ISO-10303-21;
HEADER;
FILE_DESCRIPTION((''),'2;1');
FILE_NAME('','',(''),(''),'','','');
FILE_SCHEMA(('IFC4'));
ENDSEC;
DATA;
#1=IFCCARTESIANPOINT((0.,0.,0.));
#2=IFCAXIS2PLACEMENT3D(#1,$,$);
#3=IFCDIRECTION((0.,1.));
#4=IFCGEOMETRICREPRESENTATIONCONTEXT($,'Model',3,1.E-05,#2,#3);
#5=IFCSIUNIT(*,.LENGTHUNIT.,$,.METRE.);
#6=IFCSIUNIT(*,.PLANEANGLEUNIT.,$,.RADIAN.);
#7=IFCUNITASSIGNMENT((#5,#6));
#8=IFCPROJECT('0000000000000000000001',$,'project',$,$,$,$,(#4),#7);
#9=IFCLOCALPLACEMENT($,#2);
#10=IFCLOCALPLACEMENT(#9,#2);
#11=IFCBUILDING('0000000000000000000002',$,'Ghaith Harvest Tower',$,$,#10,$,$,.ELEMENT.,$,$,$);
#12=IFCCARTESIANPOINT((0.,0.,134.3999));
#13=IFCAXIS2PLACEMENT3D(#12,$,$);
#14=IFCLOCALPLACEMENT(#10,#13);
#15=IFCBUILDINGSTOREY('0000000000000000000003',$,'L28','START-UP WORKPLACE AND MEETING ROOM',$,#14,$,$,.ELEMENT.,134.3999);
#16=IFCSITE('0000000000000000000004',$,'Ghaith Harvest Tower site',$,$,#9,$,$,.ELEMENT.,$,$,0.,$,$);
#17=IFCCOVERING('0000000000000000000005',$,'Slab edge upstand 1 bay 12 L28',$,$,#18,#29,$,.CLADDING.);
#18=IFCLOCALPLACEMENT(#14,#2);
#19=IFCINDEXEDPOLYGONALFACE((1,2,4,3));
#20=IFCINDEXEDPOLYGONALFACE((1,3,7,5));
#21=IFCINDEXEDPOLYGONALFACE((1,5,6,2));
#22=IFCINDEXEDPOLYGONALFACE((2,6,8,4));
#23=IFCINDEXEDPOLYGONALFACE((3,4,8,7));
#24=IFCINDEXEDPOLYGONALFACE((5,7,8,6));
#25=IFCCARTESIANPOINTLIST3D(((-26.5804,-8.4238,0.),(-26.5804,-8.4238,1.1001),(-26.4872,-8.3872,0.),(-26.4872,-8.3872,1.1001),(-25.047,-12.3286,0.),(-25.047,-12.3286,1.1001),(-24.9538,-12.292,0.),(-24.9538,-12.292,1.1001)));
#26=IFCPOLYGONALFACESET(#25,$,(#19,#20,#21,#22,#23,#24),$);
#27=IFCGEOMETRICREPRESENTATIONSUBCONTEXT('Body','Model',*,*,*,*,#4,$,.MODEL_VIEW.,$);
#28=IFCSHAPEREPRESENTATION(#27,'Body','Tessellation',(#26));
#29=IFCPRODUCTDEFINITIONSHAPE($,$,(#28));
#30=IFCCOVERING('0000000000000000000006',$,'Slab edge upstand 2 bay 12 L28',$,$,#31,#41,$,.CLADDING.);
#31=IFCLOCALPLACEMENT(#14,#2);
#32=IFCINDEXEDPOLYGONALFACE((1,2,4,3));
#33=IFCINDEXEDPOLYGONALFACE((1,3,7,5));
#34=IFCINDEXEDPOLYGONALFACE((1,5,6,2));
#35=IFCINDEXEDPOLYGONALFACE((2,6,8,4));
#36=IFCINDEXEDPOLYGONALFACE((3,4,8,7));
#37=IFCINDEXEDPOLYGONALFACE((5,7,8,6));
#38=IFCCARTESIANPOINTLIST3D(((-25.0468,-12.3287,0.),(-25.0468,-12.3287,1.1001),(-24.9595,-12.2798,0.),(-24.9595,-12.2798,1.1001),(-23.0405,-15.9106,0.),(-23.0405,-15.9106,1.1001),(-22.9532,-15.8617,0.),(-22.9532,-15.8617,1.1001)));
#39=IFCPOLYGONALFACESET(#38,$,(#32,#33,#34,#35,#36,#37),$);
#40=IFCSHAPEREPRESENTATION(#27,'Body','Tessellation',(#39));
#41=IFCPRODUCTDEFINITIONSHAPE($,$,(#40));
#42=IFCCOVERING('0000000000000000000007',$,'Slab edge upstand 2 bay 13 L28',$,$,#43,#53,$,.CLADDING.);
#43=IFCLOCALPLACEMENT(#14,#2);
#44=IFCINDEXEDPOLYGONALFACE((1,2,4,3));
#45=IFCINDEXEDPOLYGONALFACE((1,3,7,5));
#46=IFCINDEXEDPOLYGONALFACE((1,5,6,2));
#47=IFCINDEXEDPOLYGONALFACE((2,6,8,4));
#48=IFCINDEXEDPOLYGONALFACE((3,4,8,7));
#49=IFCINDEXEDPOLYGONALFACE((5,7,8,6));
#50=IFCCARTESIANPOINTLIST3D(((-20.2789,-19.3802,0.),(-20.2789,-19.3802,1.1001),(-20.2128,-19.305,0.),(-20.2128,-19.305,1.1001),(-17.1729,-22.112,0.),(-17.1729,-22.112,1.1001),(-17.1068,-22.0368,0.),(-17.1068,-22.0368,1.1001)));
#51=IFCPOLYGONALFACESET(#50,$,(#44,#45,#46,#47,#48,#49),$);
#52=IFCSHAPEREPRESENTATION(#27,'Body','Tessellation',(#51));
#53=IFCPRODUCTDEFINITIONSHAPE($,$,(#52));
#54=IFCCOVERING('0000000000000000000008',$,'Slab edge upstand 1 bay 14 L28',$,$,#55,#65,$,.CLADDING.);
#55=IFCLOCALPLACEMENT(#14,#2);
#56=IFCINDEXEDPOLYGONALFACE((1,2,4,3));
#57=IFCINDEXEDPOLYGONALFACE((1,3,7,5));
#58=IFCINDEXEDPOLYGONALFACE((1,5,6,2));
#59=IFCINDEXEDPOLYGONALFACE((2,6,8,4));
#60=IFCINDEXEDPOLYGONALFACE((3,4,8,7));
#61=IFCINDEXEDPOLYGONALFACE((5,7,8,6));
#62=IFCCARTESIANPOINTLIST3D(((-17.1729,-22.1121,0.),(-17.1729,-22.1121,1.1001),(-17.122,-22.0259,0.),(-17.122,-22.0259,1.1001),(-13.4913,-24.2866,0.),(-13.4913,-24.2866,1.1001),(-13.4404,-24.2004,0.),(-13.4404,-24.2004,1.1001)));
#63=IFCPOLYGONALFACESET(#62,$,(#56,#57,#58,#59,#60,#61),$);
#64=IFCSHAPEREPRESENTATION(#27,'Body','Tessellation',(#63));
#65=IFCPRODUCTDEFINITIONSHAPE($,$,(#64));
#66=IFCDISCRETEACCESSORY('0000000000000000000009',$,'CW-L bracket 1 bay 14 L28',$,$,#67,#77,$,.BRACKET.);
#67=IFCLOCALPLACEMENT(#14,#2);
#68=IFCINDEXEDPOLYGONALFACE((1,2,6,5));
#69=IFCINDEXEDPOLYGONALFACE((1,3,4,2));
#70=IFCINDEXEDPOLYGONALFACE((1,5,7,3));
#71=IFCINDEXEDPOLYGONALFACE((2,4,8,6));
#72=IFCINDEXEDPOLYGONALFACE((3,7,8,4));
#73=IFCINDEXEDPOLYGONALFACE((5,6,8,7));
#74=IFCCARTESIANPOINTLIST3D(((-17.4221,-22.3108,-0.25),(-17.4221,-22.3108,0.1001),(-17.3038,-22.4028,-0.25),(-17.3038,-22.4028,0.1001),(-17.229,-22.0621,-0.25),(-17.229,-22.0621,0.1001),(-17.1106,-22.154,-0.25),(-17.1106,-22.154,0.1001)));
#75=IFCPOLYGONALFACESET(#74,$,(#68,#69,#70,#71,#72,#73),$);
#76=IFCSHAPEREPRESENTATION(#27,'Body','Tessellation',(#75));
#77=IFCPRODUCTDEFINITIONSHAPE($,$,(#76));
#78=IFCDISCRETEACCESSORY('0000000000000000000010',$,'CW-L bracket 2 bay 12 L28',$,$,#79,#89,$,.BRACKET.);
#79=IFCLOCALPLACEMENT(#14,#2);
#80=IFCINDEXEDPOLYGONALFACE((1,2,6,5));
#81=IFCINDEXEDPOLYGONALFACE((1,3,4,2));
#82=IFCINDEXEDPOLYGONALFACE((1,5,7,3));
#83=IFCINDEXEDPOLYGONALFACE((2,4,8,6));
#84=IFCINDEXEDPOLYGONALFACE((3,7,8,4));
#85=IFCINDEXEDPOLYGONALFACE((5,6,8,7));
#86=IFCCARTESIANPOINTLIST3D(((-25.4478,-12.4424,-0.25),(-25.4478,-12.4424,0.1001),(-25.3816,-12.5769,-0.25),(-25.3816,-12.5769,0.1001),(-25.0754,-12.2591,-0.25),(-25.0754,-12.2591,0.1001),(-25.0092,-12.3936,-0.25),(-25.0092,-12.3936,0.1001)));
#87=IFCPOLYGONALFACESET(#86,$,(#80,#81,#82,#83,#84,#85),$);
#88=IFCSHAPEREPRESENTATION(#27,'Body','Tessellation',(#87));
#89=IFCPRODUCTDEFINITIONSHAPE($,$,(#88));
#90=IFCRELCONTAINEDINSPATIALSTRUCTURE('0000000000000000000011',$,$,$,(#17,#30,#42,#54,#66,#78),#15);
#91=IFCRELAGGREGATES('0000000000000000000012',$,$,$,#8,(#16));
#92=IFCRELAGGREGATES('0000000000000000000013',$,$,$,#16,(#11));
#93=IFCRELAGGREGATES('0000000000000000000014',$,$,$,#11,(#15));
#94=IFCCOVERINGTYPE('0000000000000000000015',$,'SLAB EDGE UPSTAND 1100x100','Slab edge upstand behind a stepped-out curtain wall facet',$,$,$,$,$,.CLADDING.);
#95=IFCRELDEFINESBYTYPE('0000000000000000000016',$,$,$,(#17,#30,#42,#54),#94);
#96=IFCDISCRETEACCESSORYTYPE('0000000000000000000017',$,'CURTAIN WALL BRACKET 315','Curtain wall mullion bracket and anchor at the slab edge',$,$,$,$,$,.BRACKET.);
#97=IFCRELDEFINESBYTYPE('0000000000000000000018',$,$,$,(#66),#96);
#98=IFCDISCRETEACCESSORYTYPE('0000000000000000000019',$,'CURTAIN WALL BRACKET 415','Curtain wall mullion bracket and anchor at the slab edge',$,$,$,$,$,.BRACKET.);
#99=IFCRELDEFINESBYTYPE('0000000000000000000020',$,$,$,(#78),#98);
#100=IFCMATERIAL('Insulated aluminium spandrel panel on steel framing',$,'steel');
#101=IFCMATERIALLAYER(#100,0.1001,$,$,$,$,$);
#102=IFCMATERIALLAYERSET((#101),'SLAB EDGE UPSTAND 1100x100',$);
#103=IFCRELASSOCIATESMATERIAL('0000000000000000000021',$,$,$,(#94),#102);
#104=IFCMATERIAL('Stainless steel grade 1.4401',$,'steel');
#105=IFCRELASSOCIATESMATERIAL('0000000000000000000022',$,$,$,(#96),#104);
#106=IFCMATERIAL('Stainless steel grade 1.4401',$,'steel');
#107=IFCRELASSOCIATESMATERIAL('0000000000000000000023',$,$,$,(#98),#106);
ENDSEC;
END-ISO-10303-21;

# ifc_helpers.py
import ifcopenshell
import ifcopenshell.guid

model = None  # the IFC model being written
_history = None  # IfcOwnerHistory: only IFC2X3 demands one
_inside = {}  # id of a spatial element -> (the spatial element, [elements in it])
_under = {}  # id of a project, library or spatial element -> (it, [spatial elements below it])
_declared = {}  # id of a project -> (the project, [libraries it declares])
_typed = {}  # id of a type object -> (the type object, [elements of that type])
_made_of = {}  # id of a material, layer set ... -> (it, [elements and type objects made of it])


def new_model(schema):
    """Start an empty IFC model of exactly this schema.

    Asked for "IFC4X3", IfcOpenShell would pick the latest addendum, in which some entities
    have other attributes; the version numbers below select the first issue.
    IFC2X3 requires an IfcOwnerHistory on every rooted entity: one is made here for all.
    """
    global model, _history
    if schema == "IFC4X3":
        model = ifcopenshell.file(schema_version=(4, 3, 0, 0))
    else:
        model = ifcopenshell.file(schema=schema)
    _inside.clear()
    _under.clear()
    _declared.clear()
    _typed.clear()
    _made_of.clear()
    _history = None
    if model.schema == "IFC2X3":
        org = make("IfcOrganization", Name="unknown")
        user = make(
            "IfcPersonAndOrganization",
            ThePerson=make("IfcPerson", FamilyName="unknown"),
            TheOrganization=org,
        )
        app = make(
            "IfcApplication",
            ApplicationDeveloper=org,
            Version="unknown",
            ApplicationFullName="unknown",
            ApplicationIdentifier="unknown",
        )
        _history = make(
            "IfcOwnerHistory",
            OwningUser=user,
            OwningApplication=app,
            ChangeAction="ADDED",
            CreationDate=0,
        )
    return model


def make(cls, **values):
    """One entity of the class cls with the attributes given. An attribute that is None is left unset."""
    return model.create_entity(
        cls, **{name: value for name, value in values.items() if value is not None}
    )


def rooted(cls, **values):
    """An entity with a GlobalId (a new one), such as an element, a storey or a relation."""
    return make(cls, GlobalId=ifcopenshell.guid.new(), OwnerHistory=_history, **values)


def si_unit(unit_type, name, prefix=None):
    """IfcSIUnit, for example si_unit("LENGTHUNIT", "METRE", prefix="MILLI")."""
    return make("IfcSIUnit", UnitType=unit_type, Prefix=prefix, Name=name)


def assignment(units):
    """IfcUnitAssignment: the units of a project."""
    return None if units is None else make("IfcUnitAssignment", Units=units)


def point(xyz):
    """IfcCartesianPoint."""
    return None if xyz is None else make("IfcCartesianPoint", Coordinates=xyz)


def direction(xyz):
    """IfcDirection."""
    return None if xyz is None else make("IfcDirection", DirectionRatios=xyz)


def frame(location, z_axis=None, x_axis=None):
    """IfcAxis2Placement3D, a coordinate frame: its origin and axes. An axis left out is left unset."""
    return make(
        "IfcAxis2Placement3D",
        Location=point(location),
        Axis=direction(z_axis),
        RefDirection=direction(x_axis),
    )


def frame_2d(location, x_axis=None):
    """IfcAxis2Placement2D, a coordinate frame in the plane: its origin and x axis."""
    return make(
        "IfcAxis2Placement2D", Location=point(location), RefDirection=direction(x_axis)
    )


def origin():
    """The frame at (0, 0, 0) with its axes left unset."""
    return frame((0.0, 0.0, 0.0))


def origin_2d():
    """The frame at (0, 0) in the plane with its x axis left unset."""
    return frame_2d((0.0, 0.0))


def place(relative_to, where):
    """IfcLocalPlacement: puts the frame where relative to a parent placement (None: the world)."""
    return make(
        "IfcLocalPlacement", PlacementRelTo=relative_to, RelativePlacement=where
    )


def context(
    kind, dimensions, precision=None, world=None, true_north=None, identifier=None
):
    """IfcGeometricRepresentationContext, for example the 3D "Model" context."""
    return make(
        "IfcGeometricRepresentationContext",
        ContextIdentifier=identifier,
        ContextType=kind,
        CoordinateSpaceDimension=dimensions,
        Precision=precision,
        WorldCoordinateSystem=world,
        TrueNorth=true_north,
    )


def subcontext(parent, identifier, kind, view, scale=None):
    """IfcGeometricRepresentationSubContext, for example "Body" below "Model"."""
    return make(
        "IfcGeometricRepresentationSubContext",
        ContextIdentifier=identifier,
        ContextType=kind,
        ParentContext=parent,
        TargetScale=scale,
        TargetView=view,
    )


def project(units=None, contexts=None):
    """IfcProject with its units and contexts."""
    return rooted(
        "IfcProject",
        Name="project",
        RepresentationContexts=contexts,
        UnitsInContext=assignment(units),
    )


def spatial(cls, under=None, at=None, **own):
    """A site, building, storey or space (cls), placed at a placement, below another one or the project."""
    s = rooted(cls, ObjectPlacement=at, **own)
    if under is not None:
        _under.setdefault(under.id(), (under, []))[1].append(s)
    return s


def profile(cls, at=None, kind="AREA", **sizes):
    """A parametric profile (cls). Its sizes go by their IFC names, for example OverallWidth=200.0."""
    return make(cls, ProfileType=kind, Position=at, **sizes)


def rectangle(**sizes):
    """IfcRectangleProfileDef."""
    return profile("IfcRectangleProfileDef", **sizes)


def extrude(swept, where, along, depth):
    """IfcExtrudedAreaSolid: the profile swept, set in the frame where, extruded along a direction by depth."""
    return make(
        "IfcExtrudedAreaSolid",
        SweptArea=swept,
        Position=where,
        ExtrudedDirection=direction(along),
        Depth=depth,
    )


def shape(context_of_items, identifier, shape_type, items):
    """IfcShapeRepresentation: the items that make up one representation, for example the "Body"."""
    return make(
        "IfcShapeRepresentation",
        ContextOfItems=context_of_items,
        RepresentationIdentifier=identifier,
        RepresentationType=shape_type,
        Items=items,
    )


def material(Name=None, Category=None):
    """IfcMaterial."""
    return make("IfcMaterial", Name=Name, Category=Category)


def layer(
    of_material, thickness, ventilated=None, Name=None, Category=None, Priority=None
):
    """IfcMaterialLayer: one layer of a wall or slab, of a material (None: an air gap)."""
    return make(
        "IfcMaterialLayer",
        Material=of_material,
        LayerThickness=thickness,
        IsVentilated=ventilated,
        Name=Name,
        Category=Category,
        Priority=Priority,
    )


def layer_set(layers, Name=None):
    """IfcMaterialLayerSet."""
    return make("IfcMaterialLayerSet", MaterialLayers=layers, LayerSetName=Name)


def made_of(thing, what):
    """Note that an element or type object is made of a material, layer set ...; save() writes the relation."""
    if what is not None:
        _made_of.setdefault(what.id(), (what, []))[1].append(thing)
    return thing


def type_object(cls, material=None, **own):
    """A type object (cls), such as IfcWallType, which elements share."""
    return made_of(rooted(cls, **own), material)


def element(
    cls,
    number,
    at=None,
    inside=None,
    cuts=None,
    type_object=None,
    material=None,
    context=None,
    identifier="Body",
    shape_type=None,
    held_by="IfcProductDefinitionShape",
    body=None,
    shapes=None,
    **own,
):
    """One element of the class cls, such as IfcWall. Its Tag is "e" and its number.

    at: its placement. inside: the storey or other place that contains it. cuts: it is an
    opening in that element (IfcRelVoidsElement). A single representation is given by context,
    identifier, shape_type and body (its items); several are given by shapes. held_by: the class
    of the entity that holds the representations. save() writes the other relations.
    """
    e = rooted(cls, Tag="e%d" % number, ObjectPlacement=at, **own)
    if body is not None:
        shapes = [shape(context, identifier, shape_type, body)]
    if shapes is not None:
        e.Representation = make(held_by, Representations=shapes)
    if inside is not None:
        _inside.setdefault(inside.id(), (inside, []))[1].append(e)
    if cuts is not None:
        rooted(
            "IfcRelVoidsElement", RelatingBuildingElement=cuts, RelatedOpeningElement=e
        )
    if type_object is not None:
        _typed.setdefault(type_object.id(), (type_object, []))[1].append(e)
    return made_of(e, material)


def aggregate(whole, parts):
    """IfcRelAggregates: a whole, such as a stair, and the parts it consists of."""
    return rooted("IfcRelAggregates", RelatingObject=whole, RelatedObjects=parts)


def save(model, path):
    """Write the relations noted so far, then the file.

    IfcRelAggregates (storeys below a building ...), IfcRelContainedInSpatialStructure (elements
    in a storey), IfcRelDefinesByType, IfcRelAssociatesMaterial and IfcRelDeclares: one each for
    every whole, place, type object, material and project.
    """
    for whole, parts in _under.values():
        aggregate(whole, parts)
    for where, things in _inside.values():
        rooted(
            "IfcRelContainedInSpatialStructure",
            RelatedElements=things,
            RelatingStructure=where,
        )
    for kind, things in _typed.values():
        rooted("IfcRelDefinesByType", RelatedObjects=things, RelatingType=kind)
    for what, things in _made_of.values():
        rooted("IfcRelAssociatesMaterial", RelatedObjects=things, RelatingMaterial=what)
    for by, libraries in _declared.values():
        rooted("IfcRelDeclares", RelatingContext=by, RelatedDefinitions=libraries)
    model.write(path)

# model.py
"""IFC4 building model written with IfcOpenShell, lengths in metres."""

from ifc_helpers import new_model, si_unit, direction, frame, origin, origin_2d, place, context, subcontext, project, spatial, rectangle, extrude, material, layer, layer_set, type_object, element, save


model = new_model("IFC4")

# Units and contexts
model_context = context("Model", 3, precision=1e-05, world=origin(), true_north=direction((0.0, 1.0)))
body_context = subcontext(model_context, "Body", "Model", "MODEL_VIEW")
ifc_project = project(units=[si_unit("LENGTHUNIT", "METRE"), si_unit("PLANEANGLEUNIT", "RADIAN")], contexts=[model_context])

# Site, building, storey
site_placement = place(None, origin())
site = spatial("IfcSite", under=ifc_project, at=site_placement, Name="Ghaith Harvest Tower site", CompositionType="ELEMENT", RefElevation=0.0)
building_placement = place(site_placement, origin())
building = spatial("IfcBuilding", under=site, at=building_placement, Name="Ghaith Harvest Tower", CompositionType="ELEMENT")
storey_placement = place(building_placement, frame((0.0, 0.0, 134.3999)))
storey = spatial("IfcBuildingStorey", under=building, at=storey_placement, Name="L28", Description="START-UP WORKPLACE AND MEETING ROOM", CompositionType="ELEMENT", Elevation=134.3999)

# Coverings
ifc_material_1 = material(Name="Insulated aluminium spandrel panel on steel framing", Category="steel")
ifc_layer_1 = layer(ifc_material_1, 0.1001)
ifc_layer_set_1 = layer_set([ifc_layer_1], Name="SLAB EDGE UPSTAND 1100x100")
covering_type = type_object("IfcCoveringType", Name="SLAB EDGE UPSTAND 1100x100", Description="Slab edge upstand behind a stepped-out curtain wall facet", PredefinedType="CLADDING", material=ifc_layer_set_1)
covering_1_placement = place(storey_placement, frame((-25.7671, -10.3579, 0.0), z_axis=(0.0, 0.0, 1.0), x_axis=(0.365515, -0.930805, 0.0)))
element("IfcCovering", 1, at=covering_1_placement, inside=storey, type_object=covering_type, Name="Slab edge upstand 1 bay 12 L28", PredefinedType="CLADDING", context=body_context, shape_type="SweptSolid", body=[
    extrude(rectangle(XDim=4.1951, YDim=0.1001, at=origin_2d()), origin(), (0.0, 0.0, 1.0), 1.1001),
])
covering_2_placement = place(storey_placement, frame((-24.0, -14.0952, 0.0), z_axis=(0.0, 0.0, 1.0), x_axis=(0.488684, -0.872461, 0.0)))
element("IfcCovering", 2, at=covering_2_placement, inside=storey, type_object=covering_type, Name="Slab edge upstand 2 bay 12 L28", PredefinedType="CLADDING", context=body_context, shape_type="SweptSolid", body=[
    extrude(rectangle(XDim=4.1055, YDim=0.1001, at=origin_2d()), origin(), (0.0, 0.0, 1.0), 1.1001),
])
covering_3_placement = place(storey_placement, frame((-18.6929, -20.7085, 0.0), z_axis=(0.0, 0.0, 1.0), x_axis=(0.750892, -0.660425, 0.0)))
element("IfcCovering", 3, at=covering_3_placement, inside=storey, type_object=covering_type, Name="Slab edge upstand 2 bay 13 L28", PredefinedType="CLADDING", context=body_context, shape_type="SweptSolid", body=[
    extrude(rectangle(XDim=4.1365, YDim=0.1001, at=origin_2d()), origin(), (0.0, 0.0, 1.0), 1.1001),
])
covering_4_placement = place(storey_placement, frame((-15.3066, -23.1562, 0.0), z_axis=(0.0, 0.0, 1.0), x_axis=(0.861021, -0.50857, 0.0)))
element("IfcCovering", 4, at=covering_4_placement, inside=storey, type_object=covering_type, Name="Slab edge upstand 1 bay 14 L28", PredefinedType="CLADDING", context=body_context, shape_type="SweptSolid", body=[
    extrude(rectangle(XDim=4.2759, YDim=0.1001, at=origin_2d()), origin(), (0.0, 0.0, 1.0), 1.1001),
])

# Discrete accessories
ifc_material_2 = material(Name="Stainless steel grade 1.4401", Category="steel")
discrete_accessory_type_1 = type_object("IfcDiscreteAccessoryType", Name="CURTAIN WALL BRACKET 315", Description="Curtain wall mullion bracket and anchor at the slab edge", PredefinedType="BRACKET", material=ifc_material_2)
discrete_accessory_1_placement = place(storey_placement, frame((-17.2664, -22.2324, -0.25), z_axis=(0.0, 0.0, 1.0), x_axis=(-0.613378, -0.78979, 0.0)))
element("IfcDiscreteAccessory", 5, at=discrete_accessory_1_placement, inside=storey, type_object=discrete_accessory_type_1, Name="CW-L bracket 1 bay 14 L28", PredefinedType="BRACKET", context=body_context, shape_type="SweptSolid", body=[
    extrude(rectangle(XDim=0.3149, YDim=0.1499, at=origin_2d()), origin(), (0.0, 0.0, 1.0), 0.3501),
])
ifc_material_3 = material(Name="Stainless steel grade 1.4401", Category="steel")
discrete_accessory_type_2 = type_object("IfcDiscreteAccessoryType", Name="CURTAIN WALL BRACKET 415", Description="Curtain wall mullion bracket and anchor at the slab edge", PredefinedType="BRACKET", material=ifc_material_3)
discrete_accessory_2_placement = place(storey_placement, frame((-25.2285, -12.418, -0.25), z_axis=(0.0, 0.0, 1.0), x_axis=(-0.897201, -0.441622, 0.0)))
element("IfcDiscreteAccessory", 6, at=discrete_accessory_2_placement, inside=storey, type_object=discrete_accessory_type_2, Name="CW-L bracket 2 bay 12 L28", PredefinedType="BRACKET", context=body_context, shape_type="SweptSolid", body=[
    extrude(rectangle(XDim=0.415, YDim=0.1499, at=origin_2d()), origin(), (0.0, 0.0, 1.0), 0.3501),
])

save(model, "model.ifc")
